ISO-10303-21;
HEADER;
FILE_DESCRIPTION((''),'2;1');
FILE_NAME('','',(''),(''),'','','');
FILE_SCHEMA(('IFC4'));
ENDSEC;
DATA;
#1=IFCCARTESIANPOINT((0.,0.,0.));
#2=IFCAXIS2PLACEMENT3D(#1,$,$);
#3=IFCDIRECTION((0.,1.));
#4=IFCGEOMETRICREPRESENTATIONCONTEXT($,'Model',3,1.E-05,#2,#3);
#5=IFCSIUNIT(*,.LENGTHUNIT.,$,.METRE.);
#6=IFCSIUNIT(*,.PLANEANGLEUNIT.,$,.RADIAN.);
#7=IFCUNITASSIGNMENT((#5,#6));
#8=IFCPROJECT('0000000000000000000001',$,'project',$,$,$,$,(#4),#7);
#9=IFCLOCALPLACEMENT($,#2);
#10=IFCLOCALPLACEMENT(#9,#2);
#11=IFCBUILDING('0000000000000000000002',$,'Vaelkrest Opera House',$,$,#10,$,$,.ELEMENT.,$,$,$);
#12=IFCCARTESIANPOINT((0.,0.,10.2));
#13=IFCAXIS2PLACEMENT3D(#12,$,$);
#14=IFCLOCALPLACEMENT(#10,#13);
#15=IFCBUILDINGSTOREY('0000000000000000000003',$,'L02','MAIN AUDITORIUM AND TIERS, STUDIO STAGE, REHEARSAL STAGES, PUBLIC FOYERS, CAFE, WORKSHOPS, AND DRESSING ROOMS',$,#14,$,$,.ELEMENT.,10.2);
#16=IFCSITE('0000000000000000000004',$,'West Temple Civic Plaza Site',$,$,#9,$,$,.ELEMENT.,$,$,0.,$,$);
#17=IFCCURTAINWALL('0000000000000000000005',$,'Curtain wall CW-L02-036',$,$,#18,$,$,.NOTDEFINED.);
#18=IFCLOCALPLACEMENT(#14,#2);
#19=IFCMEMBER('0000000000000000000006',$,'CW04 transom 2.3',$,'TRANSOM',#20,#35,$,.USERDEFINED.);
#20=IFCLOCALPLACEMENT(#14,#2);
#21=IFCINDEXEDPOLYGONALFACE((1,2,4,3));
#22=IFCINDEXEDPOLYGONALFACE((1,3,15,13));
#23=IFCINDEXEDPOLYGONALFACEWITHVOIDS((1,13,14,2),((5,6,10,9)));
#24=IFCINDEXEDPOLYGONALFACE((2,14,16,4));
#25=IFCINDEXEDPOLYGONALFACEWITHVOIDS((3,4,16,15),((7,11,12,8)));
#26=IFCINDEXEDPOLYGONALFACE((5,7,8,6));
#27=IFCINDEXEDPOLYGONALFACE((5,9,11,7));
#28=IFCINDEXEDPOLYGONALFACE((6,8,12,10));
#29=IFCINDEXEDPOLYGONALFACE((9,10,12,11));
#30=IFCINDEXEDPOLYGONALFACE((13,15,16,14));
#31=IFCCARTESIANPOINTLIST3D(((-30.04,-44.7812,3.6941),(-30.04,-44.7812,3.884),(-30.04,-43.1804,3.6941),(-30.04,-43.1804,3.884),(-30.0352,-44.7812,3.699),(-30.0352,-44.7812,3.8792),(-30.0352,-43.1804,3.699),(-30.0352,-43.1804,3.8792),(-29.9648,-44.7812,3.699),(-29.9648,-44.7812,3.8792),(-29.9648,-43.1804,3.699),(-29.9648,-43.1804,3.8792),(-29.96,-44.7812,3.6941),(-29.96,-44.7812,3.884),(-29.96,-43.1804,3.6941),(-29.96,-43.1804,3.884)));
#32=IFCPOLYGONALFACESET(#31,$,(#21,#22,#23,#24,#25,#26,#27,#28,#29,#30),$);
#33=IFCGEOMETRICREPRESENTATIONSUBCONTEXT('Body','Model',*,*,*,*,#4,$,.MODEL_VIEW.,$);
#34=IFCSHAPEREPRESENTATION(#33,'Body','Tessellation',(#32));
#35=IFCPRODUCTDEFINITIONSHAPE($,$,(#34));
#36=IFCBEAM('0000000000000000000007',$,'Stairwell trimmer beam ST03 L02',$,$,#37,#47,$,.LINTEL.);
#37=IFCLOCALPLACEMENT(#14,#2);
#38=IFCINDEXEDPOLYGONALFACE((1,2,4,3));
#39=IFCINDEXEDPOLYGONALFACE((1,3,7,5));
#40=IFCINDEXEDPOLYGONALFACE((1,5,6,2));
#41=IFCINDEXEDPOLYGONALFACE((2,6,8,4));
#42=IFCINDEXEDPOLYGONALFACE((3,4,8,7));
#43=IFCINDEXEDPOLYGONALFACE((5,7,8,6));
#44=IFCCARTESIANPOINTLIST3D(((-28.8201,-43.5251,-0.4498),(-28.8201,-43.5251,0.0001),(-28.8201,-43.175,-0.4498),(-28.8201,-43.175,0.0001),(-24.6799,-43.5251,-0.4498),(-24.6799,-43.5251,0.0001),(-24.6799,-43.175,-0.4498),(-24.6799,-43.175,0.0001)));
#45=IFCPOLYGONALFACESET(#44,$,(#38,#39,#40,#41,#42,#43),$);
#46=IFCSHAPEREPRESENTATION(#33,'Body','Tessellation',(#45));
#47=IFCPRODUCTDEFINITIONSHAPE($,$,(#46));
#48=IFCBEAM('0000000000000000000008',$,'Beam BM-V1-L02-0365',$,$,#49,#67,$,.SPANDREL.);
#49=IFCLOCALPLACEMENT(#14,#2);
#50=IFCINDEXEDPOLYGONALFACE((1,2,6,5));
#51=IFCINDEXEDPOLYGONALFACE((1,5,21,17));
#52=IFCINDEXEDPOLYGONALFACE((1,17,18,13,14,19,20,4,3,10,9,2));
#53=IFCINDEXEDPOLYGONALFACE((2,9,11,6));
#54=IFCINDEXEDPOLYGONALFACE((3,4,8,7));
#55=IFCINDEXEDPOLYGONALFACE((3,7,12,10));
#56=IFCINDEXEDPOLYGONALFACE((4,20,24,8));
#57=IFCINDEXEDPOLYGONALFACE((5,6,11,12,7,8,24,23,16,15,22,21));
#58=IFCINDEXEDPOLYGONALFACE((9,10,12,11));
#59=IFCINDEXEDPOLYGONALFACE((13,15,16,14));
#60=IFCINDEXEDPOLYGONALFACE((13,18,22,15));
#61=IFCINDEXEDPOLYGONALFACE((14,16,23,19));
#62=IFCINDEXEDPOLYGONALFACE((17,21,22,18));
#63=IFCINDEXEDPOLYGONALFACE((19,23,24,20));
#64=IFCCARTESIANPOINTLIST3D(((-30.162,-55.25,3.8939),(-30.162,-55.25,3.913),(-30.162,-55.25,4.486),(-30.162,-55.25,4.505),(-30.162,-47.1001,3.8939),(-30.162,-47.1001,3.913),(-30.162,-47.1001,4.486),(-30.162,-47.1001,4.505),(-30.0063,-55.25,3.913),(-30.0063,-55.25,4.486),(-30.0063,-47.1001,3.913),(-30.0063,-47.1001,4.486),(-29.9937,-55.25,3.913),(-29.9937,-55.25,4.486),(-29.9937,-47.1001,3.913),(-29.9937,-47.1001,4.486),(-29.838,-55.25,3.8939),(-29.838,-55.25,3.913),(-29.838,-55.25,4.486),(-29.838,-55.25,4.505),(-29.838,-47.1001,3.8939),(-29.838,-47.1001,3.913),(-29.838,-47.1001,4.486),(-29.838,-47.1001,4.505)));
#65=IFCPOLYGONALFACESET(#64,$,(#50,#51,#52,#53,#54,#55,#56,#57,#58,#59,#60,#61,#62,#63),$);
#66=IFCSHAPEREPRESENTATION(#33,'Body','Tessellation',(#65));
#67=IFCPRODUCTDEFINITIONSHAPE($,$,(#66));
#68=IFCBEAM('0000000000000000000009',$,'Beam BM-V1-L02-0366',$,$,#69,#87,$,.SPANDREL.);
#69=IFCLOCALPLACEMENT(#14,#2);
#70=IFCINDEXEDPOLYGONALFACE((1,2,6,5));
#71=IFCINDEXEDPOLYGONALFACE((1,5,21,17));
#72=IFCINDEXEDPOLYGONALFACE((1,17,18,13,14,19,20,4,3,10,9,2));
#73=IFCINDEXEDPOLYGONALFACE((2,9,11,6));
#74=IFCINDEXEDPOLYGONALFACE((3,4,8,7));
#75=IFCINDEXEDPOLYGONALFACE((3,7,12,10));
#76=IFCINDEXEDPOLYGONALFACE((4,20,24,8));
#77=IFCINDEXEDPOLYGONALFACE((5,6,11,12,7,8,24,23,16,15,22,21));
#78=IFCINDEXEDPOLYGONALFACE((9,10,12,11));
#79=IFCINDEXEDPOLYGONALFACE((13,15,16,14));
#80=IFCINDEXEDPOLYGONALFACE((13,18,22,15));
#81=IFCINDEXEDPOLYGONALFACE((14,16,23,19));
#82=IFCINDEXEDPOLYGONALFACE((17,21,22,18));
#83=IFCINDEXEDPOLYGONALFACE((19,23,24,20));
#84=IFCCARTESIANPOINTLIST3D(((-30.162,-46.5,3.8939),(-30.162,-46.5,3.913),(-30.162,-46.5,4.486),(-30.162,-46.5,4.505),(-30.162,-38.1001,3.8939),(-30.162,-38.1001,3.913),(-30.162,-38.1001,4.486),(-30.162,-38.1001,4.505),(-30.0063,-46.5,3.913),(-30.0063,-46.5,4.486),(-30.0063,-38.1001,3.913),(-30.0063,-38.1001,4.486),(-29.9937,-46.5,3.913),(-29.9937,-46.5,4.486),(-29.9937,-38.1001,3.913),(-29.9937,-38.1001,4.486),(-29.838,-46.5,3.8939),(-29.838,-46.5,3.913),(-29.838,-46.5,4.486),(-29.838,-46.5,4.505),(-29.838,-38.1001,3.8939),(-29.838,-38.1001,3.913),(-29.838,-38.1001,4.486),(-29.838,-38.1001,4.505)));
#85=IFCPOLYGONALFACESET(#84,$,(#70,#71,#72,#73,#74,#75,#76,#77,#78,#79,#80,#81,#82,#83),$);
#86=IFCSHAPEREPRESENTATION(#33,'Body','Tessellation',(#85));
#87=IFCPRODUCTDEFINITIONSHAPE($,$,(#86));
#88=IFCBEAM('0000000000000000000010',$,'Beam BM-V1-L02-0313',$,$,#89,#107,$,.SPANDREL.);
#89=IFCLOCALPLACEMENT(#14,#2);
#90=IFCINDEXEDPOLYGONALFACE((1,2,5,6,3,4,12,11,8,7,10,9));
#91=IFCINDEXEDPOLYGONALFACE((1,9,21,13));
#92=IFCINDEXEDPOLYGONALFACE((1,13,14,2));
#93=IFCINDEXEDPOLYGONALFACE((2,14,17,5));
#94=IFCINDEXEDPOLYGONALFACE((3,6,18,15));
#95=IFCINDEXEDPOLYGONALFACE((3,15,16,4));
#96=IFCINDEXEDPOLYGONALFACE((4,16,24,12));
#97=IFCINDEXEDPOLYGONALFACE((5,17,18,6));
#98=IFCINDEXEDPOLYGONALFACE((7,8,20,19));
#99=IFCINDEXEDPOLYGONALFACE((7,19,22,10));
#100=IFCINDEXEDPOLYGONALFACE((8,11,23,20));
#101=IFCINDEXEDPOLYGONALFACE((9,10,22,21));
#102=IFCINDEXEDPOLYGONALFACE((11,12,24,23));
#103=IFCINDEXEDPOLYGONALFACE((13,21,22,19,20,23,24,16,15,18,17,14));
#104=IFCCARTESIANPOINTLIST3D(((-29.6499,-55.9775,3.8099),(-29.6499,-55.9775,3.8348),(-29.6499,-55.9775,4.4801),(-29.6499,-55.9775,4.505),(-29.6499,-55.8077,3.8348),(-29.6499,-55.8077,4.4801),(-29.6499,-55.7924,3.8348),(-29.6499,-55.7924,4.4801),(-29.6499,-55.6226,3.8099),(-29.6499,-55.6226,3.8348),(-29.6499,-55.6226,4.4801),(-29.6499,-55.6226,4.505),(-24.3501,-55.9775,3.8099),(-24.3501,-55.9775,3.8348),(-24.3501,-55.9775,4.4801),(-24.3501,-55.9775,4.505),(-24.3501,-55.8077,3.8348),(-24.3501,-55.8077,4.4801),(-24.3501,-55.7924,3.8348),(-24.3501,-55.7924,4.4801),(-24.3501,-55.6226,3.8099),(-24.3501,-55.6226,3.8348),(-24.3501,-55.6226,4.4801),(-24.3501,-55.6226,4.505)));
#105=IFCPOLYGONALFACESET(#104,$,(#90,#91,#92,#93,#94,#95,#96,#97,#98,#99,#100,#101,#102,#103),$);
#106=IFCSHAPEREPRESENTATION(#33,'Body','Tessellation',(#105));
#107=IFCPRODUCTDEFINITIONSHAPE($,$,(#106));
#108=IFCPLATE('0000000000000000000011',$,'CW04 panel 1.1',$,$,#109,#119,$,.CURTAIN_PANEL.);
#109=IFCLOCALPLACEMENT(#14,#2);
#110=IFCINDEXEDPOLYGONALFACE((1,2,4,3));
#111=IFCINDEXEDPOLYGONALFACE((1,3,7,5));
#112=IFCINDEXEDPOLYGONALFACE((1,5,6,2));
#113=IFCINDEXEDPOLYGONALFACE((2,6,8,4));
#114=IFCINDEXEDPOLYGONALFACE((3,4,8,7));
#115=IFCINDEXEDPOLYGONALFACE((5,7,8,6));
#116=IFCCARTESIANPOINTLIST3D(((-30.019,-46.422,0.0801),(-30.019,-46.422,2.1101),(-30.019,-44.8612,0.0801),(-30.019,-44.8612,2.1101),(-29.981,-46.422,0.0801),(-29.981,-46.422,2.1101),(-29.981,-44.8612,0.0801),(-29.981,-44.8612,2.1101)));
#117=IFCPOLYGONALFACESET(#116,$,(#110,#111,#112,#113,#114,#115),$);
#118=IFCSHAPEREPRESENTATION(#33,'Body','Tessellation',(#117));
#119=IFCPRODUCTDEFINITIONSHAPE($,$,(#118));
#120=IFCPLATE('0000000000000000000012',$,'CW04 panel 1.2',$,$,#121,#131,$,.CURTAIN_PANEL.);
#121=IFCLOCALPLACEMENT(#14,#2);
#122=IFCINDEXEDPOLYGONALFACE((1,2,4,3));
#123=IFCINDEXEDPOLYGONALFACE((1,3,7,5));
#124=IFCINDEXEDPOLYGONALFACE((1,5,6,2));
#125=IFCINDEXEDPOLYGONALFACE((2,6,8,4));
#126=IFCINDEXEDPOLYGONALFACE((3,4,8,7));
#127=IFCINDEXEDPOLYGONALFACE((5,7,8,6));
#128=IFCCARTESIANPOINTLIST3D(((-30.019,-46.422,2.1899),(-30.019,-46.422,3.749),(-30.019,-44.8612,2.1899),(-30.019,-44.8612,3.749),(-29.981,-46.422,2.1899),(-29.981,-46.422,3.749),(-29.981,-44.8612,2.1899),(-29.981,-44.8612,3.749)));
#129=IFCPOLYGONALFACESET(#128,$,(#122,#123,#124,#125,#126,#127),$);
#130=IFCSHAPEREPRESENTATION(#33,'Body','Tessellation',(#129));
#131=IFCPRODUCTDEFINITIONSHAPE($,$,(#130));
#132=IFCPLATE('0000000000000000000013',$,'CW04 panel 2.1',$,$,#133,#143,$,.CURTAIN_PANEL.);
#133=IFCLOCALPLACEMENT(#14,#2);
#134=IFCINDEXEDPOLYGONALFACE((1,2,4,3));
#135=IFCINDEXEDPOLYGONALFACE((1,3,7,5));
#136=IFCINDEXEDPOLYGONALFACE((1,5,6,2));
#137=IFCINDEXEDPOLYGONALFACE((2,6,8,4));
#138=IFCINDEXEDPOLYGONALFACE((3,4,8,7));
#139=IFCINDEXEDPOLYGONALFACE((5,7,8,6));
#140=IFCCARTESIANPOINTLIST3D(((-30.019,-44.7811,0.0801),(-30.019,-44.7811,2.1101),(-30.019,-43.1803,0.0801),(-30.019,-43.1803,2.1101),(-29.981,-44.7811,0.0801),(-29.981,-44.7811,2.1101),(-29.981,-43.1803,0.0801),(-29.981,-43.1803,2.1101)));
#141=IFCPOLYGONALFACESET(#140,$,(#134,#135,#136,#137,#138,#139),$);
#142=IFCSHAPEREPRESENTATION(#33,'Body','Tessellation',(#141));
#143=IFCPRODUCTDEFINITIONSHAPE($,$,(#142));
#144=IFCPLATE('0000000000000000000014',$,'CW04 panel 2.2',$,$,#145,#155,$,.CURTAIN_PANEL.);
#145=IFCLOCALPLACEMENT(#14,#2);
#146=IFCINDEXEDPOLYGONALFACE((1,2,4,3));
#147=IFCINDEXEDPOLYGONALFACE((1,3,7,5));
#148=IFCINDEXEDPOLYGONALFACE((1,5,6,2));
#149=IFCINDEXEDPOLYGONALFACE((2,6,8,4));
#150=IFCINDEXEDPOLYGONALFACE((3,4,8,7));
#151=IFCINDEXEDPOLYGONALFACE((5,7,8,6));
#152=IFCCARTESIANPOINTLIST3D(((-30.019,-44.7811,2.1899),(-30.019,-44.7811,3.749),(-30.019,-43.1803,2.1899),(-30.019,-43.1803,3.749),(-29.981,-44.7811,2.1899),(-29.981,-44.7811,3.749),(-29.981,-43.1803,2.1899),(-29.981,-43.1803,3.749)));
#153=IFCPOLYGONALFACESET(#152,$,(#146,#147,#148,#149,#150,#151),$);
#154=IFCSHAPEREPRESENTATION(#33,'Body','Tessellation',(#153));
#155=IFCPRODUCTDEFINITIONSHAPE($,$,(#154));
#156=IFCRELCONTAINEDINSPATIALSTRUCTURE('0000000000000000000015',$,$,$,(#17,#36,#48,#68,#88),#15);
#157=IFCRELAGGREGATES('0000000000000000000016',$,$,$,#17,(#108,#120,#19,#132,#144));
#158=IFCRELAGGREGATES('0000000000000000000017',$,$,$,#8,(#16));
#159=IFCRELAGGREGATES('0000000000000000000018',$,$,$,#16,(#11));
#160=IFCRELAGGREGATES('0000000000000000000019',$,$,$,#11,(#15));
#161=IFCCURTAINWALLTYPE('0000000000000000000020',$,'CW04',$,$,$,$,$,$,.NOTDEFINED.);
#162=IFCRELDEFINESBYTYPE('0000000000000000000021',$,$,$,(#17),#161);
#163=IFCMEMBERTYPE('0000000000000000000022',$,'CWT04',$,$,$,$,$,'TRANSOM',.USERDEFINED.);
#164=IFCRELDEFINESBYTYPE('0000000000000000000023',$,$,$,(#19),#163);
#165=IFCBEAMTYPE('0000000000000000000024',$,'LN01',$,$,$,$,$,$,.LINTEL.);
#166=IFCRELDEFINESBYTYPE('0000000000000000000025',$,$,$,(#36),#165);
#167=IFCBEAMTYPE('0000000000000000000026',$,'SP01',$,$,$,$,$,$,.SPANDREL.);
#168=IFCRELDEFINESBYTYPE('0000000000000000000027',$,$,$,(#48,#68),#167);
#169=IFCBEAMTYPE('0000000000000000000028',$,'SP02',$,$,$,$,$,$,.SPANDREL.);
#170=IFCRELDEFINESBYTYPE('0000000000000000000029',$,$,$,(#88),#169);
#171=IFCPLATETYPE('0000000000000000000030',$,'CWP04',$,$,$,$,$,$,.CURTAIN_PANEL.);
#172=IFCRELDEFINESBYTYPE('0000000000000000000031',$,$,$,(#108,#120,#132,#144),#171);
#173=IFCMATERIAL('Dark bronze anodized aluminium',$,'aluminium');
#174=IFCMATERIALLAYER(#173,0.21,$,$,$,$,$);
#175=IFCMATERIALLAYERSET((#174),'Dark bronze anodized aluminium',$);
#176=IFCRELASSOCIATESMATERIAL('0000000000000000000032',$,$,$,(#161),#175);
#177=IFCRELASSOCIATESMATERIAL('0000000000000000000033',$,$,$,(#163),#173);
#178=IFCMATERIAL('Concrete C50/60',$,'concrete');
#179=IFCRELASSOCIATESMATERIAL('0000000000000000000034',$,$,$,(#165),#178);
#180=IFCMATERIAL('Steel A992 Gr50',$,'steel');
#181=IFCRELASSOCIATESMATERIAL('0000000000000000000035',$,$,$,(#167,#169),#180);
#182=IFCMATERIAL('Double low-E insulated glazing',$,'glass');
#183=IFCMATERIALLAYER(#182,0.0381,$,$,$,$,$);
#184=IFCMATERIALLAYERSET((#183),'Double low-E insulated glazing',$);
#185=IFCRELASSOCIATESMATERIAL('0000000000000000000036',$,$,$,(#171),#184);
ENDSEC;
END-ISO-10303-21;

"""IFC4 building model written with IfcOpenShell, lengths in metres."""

from ifc_helpers import new_model, si_unit, direction, frame, origin, origin_2d, place, context, subcontext, project, spatial, rectangle, hollow_rectangle, i_section, extrude, material, layer, layer_set, material_profile, profile_set, type_object, element, aggregate, save


model = new_model("IFC4")

# Units and contexts
model_context = context("Model", 3, precision=1e-05, world=origin(), true_north=direction((0.0, 1.0)))
body_context = subcontext(model_context, "Body", "Model", "MODEL_VIEW")
ifc_project = project(units=[si_unit("LENGTHUNIT", "METRE"), si_unit("PLANEANGLEUNIT", "RADIAN")], contexts=[model_context])

# Site, building, storey
site_placement = place(None, origin())
site = spatial("IfcSite", under=ifc_project, at=site_placement, Name="West Temple Civic Plaza Site", CompositionType="ELEMENT", RefElevation=0.0)
building_placement = place(site_placement, origin())
building = spatial("IfcBuilding", under=site, at=building_placement, Name="Vaelkrest Opera House", CompositionType="ELEMENT")
storey_placement = place(building_placement, frame((0.0, 0.0, 10.2)))
storey = spatial("IfcBuildingStorey", under=building, at=storey_placement, Name="L02", Description="MAIN AUDITORIUM AND TIERS, STUDIO STAGE, REHEARSAL STAGES, PUBLIC FOYERS, CAFE, WORKSHOPS, AND DRESSING ROOMS", CompositionType="ELEMENT", Elevation=10.2)

# Shared definitions
ifc_material_1 = material(Name="Concrete C50/60", Category="concrete")

# Shared definitions
ifc_material_2 = material(Name="Steel A992 Gr50", Category="steel")

# Curtain wall, member
ifc_material_3 = material(Name="Dark bronze anodized aluminium", Category="aluminium")
ifc_layer_1 = layer(ifc_material_3, 0.21)
ifc_layer_set_1 = layer_set([ifc_layer_1], Name="Dark bronze anodized aluminium")
curtain_wall_type = type_object("IfcCurtainWallType", Name="CW04", PredefinedType="NOTDEFINED", material=ifc_layer_set_1)
curtain_wall_placement = place(storey_placement, origin())
curtain_wall = element("IfcCurtainWall", 1, at=curtain_wall_placement, inside=storey, type_object=curtain_wall_type, Name="Curtain wall CW-L02-036", PredefinedType="NOTDEFINED")
ifc_material_profile_1 = material_profile(ifc_material_3, hollow_rectangle(XDim=0.0801, YDim=0.1899, WallThickness=0.0049, at=origin_2d()), Name="CWT80X190")
ifc_profile_set_1 = profile_set([ifc_material_profile_1], Name="Dark bronze anodized aluminium")
member_type_1 = type_object("IfcMemberType", Name="CWT04", ElementType="TRANSOM", PredefinedType="USERDEFINED", material=ifc_profile_set_1)
member_1_placement = place(storey_placement, frame((-30.0, -44.7812, 3.7891), z_axis=(0.0, 1.0, 0.0), x_axis=(-1.0, 0.0, 0.0)))
member_1 = element("IfcMember", 2, at=member_1_placement, type_object=member_type_1, Name="CW04 transom 2.3", ObjectType="TRANSOM", PredefinedType="USERDEFINED", context=body_context, shape_type="SweptSolid", body=[
    extrude(hollow_rectangle(XDim=0.0801, YDim=0.1899, WallThickness=0.0049, at=origin_2d()), origin(), (0.0, 0.0, 1.0), 1.6008),
])

# Beams
ifc_material_profile_2 = material_profile(ifc_material_1, rectangle(XDim=0.3501, YDim=0.45, at=origin_2d()), Name="RCB350X450")
ifc_profile_set_2 = profile_set([ifc_material_profile_2], Name="Concrete C50/60")
beam_type_1 = type_object("IfcBeamType", Name="LN01", PredefinedType="LINTEL", material=ifc_profile_set_2)
beam_1_placement = place(storey_placement, frame((-28.8201, -43.3501, -0.2249), z_axis=(1.0, 0.0, 0.0), x_axis=(0.0, 1.0, 0.0)))
element("IfcBeam", 3, at=beam_1_placement, inside=storey, type_object=beam_type_1, Name="Stairwell trimmer beam ST03 L02", PredefinedType="LINTEL", context=body_context, shape_type="SweptSolid", body=[
    extrude(rectangle(XDim=0.3501, YDim=0.45, at=origin_2d()), origin(), (0.0, 0.0, 1.0), 4.1401),
])
ifc_material_profile_3 = material_profile(ifc_material_2, i_section(OverallWidth=0.324, OverallDepth=0.6111, WebThickness=0.0127, FlangeThickness=0.019, at=origin_2d()), Name="W24X104")
ifc_profile_set_3 = profile_set([ifc_material_profile_3], Name="Steel A992 Gr50")
beam_type_2 = type_object("IfcBeamType", Name="SP01", PredefinedType="SPANDREL", material=ifc_profile_set_3)
beam_2_placement = place(storey_placement, frame((-30.0, -55.25, 4.1995), z_axis=(0.0, 1.0, 0.0), x_axis=(-1.0, 0.0, 0.0)))
element("IfcBeam", 4, at=beam_2_placement, inside=storey, type_object=beam_type_2, Name="Beam BM-V1-L02-0365", PredefinedType="SPANDREL", context=body_context, shape_type="SweptSolid", body=[
    extrude(i_section(OverallWidth=0.324, OverallDepth=0.6111, WebThickness=0.0127, FlangeThickness=0.019, at=origin_2d()), origin(), (0.0, 0.0, 1.0), 8.1499),
])
beam_3_placement = place(storey_placement, frame((-30.0, -46.5, 4.1995), z_axis=(0.0, 1.0, 0.0), x_axis=(-1.0, 0.0, 0.0)))
element("IfcBeam", 5, at=beam_3_placement, inside=storey, type_object=beam_type_2, Name="Beam BM-V1-L02-0366", PredefinedType="SPANDREL", context=body_context, shape_type="SweptSolid", body=[
    extrude(i_section(OverallWidth=0.324, OverallDepth=0.6111, WebThickness=0.0127, FlangeThickness=0.019, at=origin_2d()), origin(), (0.0, 0.0, 1.0), 8.3999),
])
ifc_material_profile_4 = material_profile(ifc_material_2, i_section(OverallWidth=0.355, OverallDepth=0.6951, WebThickness=0.0154, FlangeThickness=0.0249, at=origin_2d()), Name="W27X146")
ifc_profile_set_4 = profile_set([ifc_material_profile_4], Name="Steel A992 Gr50")
beam_type_3 = type_object("IfcBeamType", Name="SP02", PredefinedType="SPANDREL", material=ifc_profile_set_4)
beam_4_placement = place(storey_placement, frame((-29.6499, -55.8, 4.1575), z_axis=(1.0, 0.0, 0.0), x_axis=(0.0, 1.0, 0.0)))
element("IfcBeam", 6, at=beam_4_placement, inside=storey, type_object=beam_type_3, Name="Beam BM-V1-L02-0313", PredefinedType="SPANDREL", context=body_context, shape_type="SweptSolid", body=[
    extrude(i_section(OverallWidth=0.355, OverallDepth=0.6951, WebThickness=0.0154, FlangeThickness=0.0249, at=origin_2d()), origin(), (0.0, 0.0, 1.0), 5.2998),
])

# Plates
ifc_material_4 = material(Name="Double low-E insulated glazing", Category="glass")
ifc_layer_2 = layer(ifc_material_4, 0.0381)
ifc_layer_set_2 = layer_set([ifc_layer_2], Name="Double low-E insulated glazing")
plate_type = type_object("IfcPlateType", Name="CWP04", PredefinedType="CURTAIN_PANEL", material=ifc_layer_set_2)
plate_1_placement = place(storey_placement, frame((-30.0, -45.6416, 0.0801), z_axis=(0.0, 0.0, 1.0), x_axis=(0.0, 1.0, 0.0)))
plate_1 = element("IfcPlate", 7, at=plate_1_placement, type_object=plate_type, Name="CW04 panel 1.1", PredefinedType="CURTAIN_PANEL", context=body_context, shape_type="SweptSolid", body=[
    extrude(rectangle(XDim=1.5608, YDim=0.0381, at=origin_2d()), origin(), (0.0, 0.0, 1.0), 2.03),
])
plate_2_placement = place(storey_placement, frame((-30.0, -45.6416, 2.1899), z_axis=(0.0, 0.0, 1.0), x_axis=(0.0, 1.0, 0.0)))
plate_2 = element("IfcPlate", 8, at=plate_2_placement, type_object=plate_type, Name="CW04 panel 1.2", PredefinedType="CURTAIN_PANEL", context=body_context, shape_type="SweptSolid", body=[
    extrude(rectangle(XDim=1.5608, YDim=0.0381, at=origin_2d()), origin(), (0.0, 0.0, 1.0), 1.5591),
])
plate_3_placement = place(storey_placement, frame((-30.0, -43.9807, 0.0801), z_axis=(0.0, 0.0, 1.0), x_axis=(0.0, 1.0, 0.0)))
plate_3 = element("IfcPlate", 9, at=plate_3_placement, type_object=plate_type, Name="CW04 panel 2.1", PredefinedType="CURTAIN_PANEL", context=body_context, shape_type="SweptSolid", body=[
    extrude(rectangle(XDim=1.6008, YDim=0.0381, at=origin_2d()), origin(), (0.0, 0.0, 1.0), 2.03),
])
plate_4_placement = place(storey_placement, frame((-30.0, -43.9807, 2.1899), z_axis=(0.0, 0.0, 1.0), x_axis=(0.0, 1.0, 0.0)))
plate_4 = element("IfcPlate", 10, at=plate_4_placement, type_object=plate_type, Name="CW04 panel 2.2", PredefinedType="CURTAIN_PANEL", context=body_context, shape_type="SweptSolid", body=[
    extrude(rectangle(XDim=1.6008, YDim=0.0381, at=origin_2d()), origin(), (0.0, 0.0, 1.0), 1.5591),
])
aggregate(curtain_wall, [plate_1, plate_2, member_1, plate_3, plate_4])

save(model, "model.ifc")
